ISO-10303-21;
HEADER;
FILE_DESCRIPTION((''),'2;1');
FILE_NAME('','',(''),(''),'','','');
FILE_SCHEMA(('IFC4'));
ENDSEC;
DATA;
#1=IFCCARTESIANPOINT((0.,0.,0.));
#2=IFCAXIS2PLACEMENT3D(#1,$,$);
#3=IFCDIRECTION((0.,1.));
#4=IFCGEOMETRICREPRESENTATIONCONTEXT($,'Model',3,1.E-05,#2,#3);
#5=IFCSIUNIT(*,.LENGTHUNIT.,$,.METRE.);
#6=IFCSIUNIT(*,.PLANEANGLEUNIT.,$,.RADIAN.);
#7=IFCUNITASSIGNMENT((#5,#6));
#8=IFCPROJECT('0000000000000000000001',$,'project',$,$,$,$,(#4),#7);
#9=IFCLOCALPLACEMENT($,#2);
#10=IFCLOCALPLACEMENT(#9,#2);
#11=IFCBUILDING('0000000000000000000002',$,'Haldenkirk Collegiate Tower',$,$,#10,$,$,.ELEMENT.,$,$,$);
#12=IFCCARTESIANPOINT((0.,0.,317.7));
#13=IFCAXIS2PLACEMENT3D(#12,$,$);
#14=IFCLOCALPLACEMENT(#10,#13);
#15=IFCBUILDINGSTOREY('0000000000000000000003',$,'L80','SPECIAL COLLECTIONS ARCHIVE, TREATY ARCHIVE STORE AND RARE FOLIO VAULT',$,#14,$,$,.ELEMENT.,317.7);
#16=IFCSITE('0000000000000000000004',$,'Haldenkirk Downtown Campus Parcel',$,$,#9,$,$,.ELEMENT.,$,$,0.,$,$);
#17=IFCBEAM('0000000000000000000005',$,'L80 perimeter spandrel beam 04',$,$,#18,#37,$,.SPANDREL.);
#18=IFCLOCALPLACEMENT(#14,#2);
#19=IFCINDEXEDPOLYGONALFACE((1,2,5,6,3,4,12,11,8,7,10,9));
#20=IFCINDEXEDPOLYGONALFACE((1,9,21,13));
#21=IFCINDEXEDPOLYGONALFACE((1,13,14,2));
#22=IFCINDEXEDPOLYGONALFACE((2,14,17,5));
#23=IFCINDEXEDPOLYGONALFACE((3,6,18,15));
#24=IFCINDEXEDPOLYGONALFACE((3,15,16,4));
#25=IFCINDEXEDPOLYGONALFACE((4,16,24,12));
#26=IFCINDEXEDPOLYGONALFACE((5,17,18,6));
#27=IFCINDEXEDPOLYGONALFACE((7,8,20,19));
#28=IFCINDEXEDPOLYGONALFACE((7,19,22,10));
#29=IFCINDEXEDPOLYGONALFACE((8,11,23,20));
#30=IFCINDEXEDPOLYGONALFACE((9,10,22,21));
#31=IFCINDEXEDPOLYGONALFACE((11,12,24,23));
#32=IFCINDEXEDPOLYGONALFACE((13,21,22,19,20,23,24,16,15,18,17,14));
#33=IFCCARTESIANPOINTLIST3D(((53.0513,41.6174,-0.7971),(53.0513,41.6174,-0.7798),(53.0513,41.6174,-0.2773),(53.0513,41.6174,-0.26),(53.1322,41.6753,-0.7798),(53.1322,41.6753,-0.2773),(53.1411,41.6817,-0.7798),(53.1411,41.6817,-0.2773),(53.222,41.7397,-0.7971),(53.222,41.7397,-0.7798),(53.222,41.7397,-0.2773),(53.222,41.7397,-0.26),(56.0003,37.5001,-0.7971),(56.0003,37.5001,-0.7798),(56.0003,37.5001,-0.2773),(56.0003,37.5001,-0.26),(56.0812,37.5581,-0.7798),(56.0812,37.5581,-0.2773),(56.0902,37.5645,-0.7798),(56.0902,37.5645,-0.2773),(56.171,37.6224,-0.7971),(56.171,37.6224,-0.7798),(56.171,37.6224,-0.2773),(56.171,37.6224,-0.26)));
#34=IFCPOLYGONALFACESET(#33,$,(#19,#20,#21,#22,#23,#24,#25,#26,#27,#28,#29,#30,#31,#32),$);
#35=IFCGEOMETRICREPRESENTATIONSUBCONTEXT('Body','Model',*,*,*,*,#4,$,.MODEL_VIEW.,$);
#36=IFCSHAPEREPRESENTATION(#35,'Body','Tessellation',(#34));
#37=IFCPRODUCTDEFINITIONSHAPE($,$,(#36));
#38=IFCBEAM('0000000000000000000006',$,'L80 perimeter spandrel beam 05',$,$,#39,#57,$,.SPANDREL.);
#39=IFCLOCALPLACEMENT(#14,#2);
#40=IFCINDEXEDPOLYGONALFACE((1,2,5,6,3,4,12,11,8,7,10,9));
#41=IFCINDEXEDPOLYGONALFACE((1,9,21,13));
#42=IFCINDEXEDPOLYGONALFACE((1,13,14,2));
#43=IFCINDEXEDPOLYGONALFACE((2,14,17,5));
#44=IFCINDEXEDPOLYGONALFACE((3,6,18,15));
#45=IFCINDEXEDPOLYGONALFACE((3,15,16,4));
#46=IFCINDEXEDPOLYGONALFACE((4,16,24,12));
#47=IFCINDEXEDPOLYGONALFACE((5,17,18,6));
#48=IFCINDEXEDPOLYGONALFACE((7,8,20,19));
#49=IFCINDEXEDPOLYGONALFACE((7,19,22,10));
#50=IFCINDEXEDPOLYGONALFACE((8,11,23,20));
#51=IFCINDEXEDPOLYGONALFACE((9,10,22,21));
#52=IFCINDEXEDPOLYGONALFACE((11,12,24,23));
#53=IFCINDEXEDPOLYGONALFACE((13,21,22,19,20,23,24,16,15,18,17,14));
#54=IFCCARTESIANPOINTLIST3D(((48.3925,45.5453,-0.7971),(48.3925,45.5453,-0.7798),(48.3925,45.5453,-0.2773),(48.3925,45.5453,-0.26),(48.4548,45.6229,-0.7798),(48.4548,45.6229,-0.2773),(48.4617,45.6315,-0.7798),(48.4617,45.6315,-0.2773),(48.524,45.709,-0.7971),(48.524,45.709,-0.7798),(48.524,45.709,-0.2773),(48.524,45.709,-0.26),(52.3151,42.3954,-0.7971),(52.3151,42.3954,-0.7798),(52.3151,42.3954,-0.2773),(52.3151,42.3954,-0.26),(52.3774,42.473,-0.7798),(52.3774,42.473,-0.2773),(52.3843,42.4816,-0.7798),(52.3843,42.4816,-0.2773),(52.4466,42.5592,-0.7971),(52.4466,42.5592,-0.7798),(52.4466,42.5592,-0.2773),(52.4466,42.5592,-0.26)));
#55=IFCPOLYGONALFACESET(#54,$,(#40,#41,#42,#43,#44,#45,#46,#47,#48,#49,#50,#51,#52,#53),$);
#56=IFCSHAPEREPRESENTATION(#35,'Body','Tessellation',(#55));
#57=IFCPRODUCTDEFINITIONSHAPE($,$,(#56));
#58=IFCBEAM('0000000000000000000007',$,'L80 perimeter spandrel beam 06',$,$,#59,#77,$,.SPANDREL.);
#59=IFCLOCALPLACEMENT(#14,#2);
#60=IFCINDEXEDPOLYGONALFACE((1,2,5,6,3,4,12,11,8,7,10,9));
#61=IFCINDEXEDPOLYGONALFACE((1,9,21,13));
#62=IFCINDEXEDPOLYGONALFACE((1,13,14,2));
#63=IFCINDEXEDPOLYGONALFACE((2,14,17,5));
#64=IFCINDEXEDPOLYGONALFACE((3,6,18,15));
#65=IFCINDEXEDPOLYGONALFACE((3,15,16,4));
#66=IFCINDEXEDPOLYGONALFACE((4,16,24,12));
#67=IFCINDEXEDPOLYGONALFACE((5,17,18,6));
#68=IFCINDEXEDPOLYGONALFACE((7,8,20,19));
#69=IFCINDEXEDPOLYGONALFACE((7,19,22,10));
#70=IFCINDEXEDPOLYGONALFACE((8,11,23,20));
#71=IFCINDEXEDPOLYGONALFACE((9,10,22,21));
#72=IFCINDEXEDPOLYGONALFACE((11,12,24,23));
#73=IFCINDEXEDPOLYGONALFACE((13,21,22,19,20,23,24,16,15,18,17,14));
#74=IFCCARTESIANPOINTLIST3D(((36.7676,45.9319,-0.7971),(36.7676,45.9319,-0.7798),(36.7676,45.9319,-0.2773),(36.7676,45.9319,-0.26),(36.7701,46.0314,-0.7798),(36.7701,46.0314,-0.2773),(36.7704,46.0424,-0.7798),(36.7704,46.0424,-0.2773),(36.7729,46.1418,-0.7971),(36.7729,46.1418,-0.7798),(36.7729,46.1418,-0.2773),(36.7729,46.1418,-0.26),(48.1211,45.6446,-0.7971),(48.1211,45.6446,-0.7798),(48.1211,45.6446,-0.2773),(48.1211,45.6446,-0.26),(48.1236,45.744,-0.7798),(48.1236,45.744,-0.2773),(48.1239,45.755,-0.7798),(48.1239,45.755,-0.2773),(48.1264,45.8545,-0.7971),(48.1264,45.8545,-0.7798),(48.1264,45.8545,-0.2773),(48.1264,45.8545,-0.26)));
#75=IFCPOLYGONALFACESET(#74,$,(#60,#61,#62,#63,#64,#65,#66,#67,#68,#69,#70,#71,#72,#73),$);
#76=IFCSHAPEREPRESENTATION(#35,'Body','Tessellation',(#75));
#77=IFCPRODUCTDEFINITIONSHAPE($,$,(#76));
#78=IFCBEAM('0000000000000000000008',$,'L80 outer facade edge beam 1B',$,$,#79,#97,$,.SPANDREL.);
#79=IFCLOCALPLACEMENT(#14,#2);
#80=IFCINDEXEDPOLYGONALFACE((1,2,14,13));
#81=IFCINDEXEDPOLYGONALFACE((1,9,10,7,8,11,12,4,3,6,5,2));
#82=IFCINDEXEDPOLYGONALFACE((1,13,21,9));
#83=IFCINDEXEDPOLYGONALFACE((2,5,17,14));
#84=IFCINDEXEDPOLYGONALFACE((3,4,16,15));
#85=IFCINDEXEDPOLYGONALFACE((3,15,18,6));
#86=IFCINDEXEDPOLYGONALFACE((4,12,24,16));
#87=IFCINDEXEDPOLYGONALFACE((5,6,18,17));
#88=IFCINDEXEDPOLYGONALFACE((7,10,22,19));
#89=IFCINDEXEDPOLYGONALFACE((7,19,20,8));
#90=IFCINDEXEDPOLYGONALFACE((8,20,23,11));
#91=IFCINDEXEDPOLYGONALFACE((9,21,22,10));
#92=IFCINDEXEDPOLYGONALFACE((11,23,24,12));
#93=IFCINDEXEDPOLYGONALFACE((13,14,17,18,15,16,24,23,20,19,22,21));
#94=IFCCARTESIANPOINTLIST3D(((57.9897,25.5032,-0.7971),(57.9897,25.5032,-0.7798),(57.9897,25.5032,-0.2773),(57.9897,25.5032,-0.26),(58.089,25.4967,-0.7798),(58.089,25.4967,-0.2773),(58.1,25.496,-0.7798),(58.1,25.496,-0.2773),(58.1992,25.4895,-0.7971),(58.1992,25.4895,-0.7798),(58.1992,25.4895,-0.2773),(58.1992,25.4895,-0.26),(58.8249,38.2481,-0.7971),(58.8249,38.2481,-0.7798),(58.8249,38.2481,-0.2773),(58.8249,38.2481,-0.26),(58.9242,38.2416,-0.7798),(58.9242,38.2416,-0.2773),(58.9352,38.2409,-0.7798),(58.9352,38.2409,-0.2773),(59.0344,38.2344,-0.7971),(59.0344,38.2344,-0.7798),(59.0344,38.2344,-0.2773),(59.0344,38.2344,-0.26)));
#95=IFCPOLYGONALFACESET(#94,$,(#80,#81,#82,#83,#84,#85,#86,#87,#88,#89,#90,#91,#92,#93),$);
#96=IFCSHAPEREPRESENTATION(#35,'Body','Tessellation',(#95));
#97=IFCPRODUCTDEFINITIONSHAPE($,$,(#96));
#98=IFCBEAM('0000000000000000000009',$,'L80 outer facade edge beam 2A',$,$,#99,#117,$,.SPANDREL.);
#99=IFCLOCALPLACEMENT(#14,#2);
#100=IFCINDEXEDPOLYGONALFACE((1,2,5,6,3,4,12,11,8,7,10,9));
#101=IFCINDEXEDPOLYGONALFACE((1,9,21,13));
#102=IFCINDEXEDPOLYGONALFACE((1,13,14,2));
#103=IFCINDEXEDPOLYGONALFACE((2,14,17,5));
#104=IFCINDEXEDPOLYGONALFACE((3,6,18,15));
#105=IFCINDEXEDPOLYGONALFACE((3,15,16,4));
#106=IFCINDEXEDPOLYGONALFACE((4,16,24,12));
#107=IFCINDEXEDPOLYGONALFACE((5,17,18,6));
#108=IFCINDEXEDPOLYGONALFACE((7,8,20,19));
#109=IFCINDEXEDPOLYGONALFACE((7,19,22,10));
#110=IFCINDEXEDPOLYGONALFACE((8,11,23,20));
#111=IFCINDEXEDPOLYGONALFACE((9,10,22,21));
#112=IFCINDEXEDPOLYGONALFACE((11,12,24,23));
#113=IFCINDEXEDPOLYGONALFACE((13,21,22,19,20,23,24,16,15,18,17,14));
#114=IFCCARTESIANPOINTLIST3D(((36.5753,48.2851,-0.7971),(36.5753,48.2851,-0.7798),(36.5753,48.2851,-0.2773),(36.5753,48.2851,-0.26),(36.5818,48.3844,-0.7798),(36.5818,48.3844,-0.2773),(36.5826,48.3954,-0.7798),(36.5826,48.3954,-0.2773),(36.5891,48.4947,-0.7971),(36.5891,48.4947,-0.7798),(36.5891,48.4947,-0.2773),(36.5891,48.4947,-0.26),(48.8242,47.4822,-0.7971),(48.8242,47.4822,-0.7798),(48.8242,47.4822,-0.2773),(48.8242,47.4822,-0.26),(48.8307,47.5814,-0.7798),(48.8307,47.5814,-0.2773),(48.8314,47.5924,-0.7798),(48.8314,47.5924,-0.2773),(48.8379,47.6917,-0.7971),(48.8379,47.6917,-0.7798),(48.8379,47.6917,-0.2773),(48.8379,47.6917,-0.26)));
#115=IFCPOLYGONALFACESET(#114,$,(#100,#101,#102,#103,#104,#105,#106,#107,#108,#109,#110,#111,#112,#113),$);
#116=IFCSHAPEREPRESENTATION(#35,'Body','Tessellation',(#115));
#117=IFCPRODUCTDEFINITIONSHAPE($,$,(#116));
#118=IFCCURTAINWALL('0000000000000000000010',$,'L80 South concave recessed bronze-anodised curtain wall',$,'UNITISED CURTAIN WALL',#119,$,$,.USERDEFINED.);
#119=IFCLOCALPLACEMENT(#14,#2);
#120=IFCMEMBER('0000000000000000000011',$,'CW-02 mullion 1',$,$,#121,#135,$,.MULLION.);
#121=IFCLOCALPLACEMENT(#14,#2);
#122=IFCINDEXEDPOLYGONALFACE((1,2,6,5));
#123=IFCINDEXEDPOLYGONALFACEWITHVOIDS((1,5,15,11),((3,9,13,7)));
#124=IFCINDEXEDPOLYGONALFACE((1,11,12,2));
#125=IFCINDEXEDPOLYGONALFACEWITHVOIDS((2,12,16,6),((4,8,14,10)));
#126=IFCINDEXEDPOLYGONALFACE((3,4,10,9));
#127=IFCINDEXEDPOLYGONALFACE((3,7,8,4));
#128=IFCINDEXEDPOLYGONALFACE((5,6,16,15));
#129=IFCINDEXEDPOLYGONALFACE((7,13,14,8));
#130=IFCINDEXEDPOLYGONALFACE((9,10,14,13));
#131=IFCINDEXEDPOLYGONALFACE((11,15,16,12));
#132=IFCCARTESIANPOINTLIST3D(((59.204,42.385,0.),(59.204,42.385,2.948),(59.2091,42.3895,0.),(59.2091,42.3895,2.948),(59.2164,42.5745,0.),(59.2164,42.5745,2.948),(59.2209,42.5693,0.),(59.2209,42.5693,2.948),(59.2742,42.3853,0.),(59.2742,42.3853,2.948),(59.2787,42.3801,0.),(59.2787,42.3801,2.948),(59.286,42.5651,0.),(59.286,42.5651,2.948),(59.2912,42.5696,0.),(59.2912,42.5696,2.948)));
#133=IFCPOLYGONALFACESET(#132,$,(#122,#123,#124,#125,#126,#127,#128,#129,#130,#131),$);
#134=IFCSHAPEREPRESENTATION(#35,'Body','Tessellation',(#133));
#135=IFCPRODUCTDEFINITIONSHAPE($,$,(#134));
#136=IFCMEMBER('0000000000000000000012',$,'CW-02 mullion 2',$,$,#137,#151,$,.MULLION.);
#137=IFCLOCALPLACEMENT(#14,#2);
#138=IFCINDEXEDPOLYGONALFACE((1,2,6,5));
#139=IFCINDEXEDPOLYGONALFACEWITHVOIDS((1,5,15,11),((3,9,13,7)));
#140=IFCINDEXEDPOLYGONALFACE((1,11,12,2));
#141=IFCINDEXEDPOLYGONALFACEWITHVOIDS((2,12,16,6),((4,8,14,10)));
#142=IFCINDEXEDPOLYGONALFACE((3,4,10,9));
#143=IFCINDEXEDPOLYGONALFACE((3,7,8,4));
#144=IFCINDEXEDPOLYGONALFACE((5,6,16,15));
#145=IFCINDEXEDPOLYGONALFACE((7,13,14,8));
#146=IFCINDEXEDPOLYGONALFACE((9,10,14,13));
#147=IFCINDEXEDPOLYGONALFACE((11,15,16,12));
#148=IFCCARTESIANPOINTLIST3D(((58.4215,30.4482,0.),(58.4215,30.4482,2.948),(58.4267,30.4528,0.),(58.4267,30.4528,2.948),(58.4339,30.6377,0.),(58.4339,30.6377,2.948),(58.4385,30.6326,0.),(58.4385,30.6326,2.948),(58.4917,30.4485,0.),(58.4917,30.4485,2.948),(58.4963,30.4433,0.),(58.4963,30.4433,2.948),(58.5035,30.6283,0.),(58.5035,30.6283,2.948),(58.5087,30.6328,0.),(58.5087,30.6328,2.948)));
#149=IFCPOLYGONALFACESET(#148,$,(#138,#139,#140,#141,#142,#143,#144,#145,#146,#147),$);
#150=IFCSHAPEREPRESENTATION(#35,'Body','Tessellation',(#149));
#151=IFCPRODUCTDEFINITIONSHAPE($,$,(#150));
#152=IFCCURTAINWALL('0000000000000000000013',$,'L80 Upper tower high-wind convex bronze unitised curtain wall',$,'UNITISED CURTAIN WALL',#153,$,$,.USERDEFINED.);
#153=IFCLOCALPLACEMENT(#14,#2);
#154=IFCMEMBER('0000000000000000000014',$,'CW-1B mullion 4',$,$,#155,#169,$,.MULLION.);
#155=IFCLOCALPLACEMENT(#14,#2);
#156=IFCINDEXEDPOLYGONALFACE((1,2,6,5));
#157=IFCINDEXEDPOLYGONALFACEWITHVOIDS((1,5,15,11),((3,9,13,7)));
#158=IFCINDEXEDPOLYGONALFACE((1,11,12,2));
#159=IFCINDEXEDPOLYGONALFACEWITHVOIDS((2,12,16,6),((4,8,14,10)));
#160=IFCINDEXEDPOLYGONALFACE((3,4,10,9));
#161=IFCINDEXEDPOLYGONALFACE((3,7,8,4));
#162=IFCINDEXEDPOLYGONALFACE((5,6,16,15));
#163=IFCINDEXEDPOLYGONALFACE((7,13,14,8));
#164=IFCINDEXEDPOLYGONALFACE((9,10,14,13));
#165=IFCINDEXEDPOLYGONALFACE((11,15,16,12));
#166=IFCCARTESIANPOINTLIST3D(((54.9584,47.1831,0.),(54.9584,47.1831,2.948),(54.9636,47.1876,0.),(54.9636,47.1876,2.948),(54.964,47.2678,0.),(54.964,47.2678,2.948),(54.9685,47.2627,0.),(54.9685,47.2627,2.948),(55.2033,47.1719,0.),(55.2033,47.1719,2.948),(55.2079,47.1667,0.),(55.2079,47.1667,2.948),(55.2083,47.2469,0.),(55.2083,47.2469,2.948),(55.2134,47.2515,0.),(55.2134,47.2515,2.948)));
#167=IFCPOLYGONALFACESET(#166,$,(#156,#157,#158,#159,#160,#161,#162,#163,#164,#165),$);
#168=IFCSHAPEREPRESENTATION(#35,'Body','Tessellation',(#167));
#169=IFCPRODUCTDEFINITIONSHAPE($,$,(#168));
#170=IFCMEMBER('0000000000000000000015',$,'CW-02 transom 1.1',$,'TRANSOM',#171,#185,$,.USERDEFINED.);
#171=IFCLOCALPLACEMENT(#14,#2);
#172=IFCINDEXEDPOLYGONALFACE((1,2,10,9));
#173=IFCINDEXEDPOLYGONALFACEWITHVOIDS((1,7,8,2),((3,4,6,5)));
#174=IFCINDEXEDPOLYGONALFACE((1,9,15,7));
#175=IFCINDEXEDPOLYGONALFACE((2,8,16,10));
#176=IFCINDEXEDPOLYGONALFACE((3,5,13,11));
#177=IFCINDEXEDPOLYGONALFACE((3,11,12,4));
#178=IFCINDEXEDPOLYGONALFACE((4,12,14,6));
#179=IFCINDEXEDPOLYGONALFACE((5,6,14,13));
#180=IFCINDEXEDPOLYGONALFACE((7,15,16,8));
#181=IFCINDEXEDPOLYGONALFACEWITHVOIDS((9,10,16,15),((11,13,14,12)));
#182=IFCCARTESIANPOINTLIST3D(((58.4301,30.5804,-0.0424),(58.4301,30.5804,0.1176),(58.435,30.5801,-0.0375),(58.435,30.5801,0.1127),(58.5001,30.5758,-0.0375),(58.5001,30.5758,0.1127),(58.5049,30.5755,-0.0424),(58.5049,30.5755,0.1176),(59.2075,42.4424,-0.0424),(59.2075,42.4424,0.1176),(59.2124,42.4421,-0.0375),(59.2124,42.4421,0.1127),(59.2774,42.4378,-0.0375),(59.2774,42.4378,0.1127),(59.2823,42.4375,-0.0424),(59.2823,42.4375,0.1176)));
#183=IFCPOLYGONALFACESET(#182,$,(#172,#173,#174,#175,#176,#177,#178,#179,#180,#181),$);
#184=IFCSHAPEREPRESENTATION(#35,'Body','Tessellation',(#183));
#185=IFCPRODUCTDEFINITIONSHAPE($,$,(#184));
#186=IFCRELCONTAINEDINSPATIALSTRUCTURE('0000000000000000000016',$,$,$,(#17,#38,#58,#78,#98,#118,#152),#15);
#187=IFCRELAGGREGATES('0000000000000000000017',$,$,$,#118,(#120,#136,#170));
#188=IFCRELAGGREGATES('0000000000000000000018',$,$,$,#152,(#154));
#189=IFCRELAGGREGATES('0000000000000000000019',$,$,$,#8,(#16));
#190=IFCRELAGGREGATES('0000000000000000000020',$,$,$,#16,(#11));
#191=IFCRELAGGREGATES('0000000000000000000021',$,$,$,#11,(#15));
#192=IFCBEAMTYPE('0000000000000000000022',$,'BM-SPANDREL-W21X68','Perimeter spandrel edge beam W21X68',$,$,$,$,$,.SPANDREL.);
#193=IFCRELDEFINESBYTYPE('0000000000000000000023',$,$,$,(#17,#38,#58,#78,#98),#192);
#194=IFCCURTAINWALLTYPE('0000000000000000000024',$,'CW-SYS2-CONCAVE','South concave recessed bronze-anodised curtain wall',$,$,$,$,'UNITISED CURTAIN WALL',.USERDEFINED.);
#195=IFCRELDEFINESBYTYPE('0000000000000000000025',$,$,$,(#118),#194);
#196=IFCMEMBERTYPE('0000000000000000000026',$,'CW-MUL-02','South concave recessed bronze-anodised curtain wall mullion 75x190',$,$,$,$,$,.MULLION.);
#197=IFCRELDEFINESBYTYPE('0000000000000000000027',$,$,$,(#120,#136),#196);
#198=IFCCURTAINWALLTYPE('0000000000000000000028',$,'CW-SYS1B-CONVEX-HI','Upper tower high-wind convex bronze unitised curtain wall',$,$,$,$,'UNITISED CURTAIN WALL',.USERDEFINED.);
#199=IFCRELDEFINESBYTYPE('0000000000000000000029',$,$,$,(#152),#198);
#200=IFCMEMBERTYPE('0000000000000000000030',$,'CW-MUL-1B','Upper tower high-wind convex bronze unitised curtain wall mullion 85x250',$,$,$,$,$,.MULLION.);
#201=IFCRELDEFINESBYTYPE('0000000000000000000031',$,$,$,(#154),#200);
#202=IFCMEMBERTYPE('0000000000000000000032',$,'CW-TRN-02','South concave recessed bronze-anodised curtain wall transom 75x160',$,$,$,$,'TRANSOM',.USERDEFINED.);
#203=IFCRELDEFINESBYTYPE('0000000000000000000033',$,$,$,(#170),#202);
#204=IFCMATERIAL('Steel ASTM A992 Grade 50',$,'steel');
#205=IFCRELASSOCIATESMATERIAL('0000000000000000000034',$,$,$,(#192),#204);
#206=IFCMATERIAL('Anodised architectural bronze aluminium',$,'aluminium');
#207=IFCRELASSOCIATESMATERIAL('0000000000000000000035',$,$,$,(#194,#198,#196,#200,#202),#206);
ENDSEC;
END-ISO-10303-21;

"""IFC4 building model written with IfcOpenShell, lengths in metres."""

from ifc_helpers import new_model, si_unit, direction, frame, origin, origin_2d, place, context, subcontext, project, spatial, hollow_rectangle, i_section, extrude, material, material_profile, profile_set, type_object, element, aggregate, save


model = new_model("IFC4")

# Units and contexts
model_context = context("Model", 3, precision=1e-05, world=origin(), true_north=direction((0.0, 1.0)))
body_context = subcontext(model_context, "Body", "Model", "MODEL_VIEW")
ifc_project = project(units=[si_unit("LENGTHUNIT", "METRE"), si_unit("PLANEANGLEUNIT", "RADIAN")], contexts=[model_context])

# Site, building, storey
site_placement = place(None, origin())
site = spatial("IfcSite", under=ifc_project, at=site_placement, Name="Haldenkirk Downtown Campus Parcel", CompositionType="ELEMENT", RefElevation=0.0)
building_placement = place(site_placement, origin())
building = spatial("IfcBuilding", under=site, at=building_placement, Name="Haldenkirk Collegiate Tower", CompositionType="ELEMENT")
storey_placement = place(building_placement, frame((0.0, 0.0, 317.7)))
storey = spatial("IfcBuildingStorey", under=building, at=storey_placement, Name="L80", Description="SPECIAL COLLECTIONS ARCHIVE, TREATY ARCHIVE STORE AND RARE FOLIO VAULT", CompositionType="ELEMENT", Elevation=317.7)

# Beams
ifc_material_1 = material(Name="Steel ASTM A992 Grade 50", Category="steel")
ifc_material_profile_1 = material_profile(ifc_material_1, i_section(OverallWidth=0.21, OverallDepth=0.5371, WebThickness=0.011, FlangeThickness=0.0173, at=origin_2d()), Name="W21X68")
ifc_profile_set_1 = profile_set([ifc_material_profile_1], Name="Steel ASTM A992 Grade 50")
beam_type_1 = type_object("IfcBeamType", Name="BM-SPANDREL-W21X68", Description="Perimeter spandrel edge beam W21X68", PredefinedType="SPANDREL", material=ifc_profile_set_1)
beam_1_placement = place(storey_placement, frame((56.0857, 37.5613, -0.5286), z_axis=(-0.5823, 0.812974, 0.0), x_axis=(-0.812974, -0.5823, 0.0)))
element("IfcBeam", 1, at=beam_1_placement, inside=storey, type_object=beam_type_1, Name="L80 perimeter spandrel beam 04", PredefinedType="SPANDREL", context=body_context, shape_type="SweptSolid", body=[
    extrude(i_section(OverallWidth=0.21, OverallDepth=0.5371, WebThickness=0.011, FlangeThickness=0.0173, at=origin_2d()), origin(), (0.0, 0.0, 1.0), 5.0645),
])
beam_2_placement = place(storey_placement, frame((52.3809, 42.4773, -0.5286), z_axis=(-0.779722, 0.626126, 0.0), x_axis=(-0.626126, -0.779722, 0.0)))
element("IfcBeam", 2, at=beam_2_placement, inside=storey, type_object=beam_type_1, Name="L80 perimeter spandrel beam 05", PredefinedType="SPANDREL", context=body_context, shape_type="SweptSolid", body=[
    extrude(i_section(OverallWidth=0.21, OverallDepth=0.5371, WebThickness=0.011, FlangeThickness=0.0173, at=origin_2d()), origin(), (0.0, 0.0, 1.0), 5.0308),
])
beam_3_placement = place(storey_placement, frame((48.1238, 45.7495, -0.5286), z_axis=(-0.99968, 0.025302, 0.0), x_axis=(-0.025302, -0.99968, 0.0)))
element("IfcBeam", 3, at=beam_3_placement, inside=storey, type_object=beam_type_1, Name="L80 perimeter spandrel beam 06", PredefinedType="SPANDREL", context=body_context, shape_type="SweptSolid", body=[
    extrude(i_section(OverallWidth=0.21, OverallDepth=0.5371, WebThickness=0.011, FlangeThickness=0.0173, at=origin_2d()), origin(), (0.0, 0.0, 1.0), 11.3572),
])
beam_4_placement = place(storey_placement, frame((58.0945, 25.4963, -0.5286), z_axis=(0.065392, 0.99786, 0.0), x_axis=(-0.99786, 0.065392, 0.0)))
element("IfcBeam", 4, at=beam_4_placement, inside=storey, type_object=beam_type_1, Name="L80 outer facade edge beam 1B", PredefinedType="SPANDREL", context=body_context, shape_type="SweptSolid", body=[
    extrude(i_section(OverallWidth=0.21, OverallDepth=0.5371, WebThickness=0.011, FlangeThickness=0.0173, at=origin_2d()), origin(), (0.0, 0.0, 1.0), 12.7722),
])
beam_5_placement = place(storey_placement, frame((48.8311, 47.5869, -0.5286), z_axis=(-0.997858, 0.065415, 0.0), x_axis=(-0.065415, -0.997858, 0.0)))
element("IfcBeam", 5, at=beam_5_placement, inside=storey, type_object=beam_type_1, Name="L80 outer facade edge beam 2A", PredefinedType="SPANDREL", context=body_context, shape_type="SweptSolid", body=[
    extrude(i_section(OverallWidth=0.21, OverallDepth=0.5371, WebThickness=0.011, FlangeThickness=0.0173, at=origin_2d()), origin(), (0.0, 0.0, 1.0), 12.2751),
])

# Curtain wall, members
ifc_material_2 = material(Name="Anodised architectural bronze aluminium", Category="aluminium")
curtain_wall_type_1 = type_object("IfcCurtainWallType", Name="CW-SYS2-CONCAVE", Description="South concave recessed bronze-anodised curtain wall", ElementType="UNITISED CURTAIN WALL", PredefinedType="USERDEFINED", material=ifc_material_2)
curtain_wall_1_placement = place(storey_placement, origin())
curtain_wall_1 = element("IfcCurtainWall", 6, at=curtain_wall_1_placement, inside=storey, type_object=curtain_wall_type_1, Name="L80 South concave recessed bronze-anodised curtain wall", ObjectType="UNITISED CURTAIN WALL", PredefinedType="USERDEFINED")
ifc_material_profile_2 = material_profile(ifc_material_2, hollow_rectangle(XDim=0.075, YDim=0.1899, WallThickness=0.0049, at=origin_2d()), Name="CW-MUL-02")
ifc_profile_set_2 = profile_set([ifc_material_profile_2], Name="Anodised architectural bronze aluminium")
member_type_1 = type_object("IfcMemberType", Name="CW-MUL-02", Description="South concave recessed bronze-anodised curtain wall mullion 75x190", PredefinedType="MULLION", material=ifc_profile_set_2)
member_1_placement = place(storey_placement, frame((59.2476, 42.4773, 0.0), z_axis=(0.0, 0.0, 1.0), x_axis=(0.997859, -0.065403, 0.0)))
member_1 = element("IfcMember", 7, at=member_1_placement, type_object=member_type_1, Name="CW-02 mullion 1", PredefinedType="MULLION", context=body_context, shape_type="SweptSolid", body=[
    extrude(hollow_rectangle(XDim=0.075, YDim=0.1899, WallThickness=0.0049, at=origin_2d()), origin(), (0.0, 0.0, 1.0), 2.948),
])
member_2_placement = place(storey_placement, frame((58.4651, 30.5405, 0.0), z_axis=(0.0, 0.0, 1.0), x_axis=(0.997859, -0.065403, 0.0)))
member_2 = element("IfcMember", 8, at=member_2_placement, type_object=member_type_1, Name="CW-02 mullion 2", PredefinedType="MULLION", context=body_context, shape_type="SweptSolid", body=[
    extrude(hollow_rectangle(XDim=0.075, YDim=0.1899, WallThickness=0.0049, at=origin_2d()), origin(), (0.0, 0.0, 1.0), 2.948),
])

# Curtain wall, member
curtain_wall_type_2 = type_object("IfcCurtainWallType", Name="CW-SYS1B-CONVEX-HI", Description="Upper tower high-wind convex bronze unitised curtain wall", ElementType="UNITISED CURTAIN WALL", PredefinedType="USERDEFINED", material=ifc_material_2)
curtain_wall_2_placement = place(storey_placement, origin())
curtain_wall_2 = element("IfcCurtainWall", 9, at=curtain_wall_2_placement, inside=storey, type_object=curtain_wall_type_2, Name="L80 Upper tower high-wind convex bronze unitised curtain wall", ObjectType="UNITISED CURTAIN WALL", PredefinedType="USERDEFINED")
ifc_material_profile_3 = material_profile(ifc_material_2, hollow_rectangle(XDim=0.085, YDim=0.25, WallThickness=0.0049, at=origin_2d()), Name="CW-MUL-1B")
ifc_profile_set_3 = profile_set([ifc_material_profile_3], Name="Anodised architectural bronze aluminium")
member_type_2 = type_object("IfcMemberType", Name="CW-MUL-1B", Description="Upper tower high-wind convex bronze unitised curtain wall mullion 85x250", PredefinedType="MULLION", material=ifc_profile_set_3)
member_3_placement = place(storey_placement, frame((55.0859, 47.2173, 0.0), z_axis=(0.0, 0.0, 1.0), x_axis=(0.065401, 0.997859, 0.0)))
member_3 = element("IfcMember", 10, at=member_3_placement, type_object=member_type_2, Name="CW-1B mullion 4", PredefinedType="MULLION", context=body_context, shape_type="SweptSolid", body=[
    extrude(hollow_rectangle(XDim=0.085, YDim=0.25, WallThickness=0.0049, at=origin_2d()), origin(), (0.0, 0.0, 1.0), 2.948),
])

# Member
ifc_material_profile_4 = material_profile(ifc_material_2, hollow_rectangle(XDim=0.075, YDim=0.1599, WallThickness=0.0049, at=origin_2d()), Name="CW-TRN-02")
ifc_profile_set_4 = profile_set([ifc_material_profile_4], Name="Anodised architectural bronze aluminium")
member_type_3 = type_object("IfcMemberType", Name="CW-TRN-02", Description="South concave recessed bronze-anodised curtain wall transom 75x160", ElementType="TRANSOM", PredefinedType="USERDEFINED", material=ifc_profile_set_4)
member_4_placement = place(storey_placement, frame((59.2449, 42.4399, 0.0376), z_axis=(-0.065392, -0.99786, 0.0), x_axis=(0.99786, -0.065392, 0.0)))
member_4 = element("IfcMember", 11, at=member_4_placement, type_object=member_type_3, Name="CW-02 transom 1.1", ObjectType="TRANSOM", PredefinedType="USERDEFINED", context=body_context, shape_type="SweptSolid", body=[
    extrude(hollow_rectangle(XDim=0.075, YDim=0.1599, WallThickness=0.0049, at=origin_2d()), origin(), (0.0, 0.0, 1.0), 11.8875),
])

aggregate(curtain_wall_1, [member_1, member_2, member_4])
aggregate(curtain_wall_2, [member_3])

save(model, "model.ifc")
